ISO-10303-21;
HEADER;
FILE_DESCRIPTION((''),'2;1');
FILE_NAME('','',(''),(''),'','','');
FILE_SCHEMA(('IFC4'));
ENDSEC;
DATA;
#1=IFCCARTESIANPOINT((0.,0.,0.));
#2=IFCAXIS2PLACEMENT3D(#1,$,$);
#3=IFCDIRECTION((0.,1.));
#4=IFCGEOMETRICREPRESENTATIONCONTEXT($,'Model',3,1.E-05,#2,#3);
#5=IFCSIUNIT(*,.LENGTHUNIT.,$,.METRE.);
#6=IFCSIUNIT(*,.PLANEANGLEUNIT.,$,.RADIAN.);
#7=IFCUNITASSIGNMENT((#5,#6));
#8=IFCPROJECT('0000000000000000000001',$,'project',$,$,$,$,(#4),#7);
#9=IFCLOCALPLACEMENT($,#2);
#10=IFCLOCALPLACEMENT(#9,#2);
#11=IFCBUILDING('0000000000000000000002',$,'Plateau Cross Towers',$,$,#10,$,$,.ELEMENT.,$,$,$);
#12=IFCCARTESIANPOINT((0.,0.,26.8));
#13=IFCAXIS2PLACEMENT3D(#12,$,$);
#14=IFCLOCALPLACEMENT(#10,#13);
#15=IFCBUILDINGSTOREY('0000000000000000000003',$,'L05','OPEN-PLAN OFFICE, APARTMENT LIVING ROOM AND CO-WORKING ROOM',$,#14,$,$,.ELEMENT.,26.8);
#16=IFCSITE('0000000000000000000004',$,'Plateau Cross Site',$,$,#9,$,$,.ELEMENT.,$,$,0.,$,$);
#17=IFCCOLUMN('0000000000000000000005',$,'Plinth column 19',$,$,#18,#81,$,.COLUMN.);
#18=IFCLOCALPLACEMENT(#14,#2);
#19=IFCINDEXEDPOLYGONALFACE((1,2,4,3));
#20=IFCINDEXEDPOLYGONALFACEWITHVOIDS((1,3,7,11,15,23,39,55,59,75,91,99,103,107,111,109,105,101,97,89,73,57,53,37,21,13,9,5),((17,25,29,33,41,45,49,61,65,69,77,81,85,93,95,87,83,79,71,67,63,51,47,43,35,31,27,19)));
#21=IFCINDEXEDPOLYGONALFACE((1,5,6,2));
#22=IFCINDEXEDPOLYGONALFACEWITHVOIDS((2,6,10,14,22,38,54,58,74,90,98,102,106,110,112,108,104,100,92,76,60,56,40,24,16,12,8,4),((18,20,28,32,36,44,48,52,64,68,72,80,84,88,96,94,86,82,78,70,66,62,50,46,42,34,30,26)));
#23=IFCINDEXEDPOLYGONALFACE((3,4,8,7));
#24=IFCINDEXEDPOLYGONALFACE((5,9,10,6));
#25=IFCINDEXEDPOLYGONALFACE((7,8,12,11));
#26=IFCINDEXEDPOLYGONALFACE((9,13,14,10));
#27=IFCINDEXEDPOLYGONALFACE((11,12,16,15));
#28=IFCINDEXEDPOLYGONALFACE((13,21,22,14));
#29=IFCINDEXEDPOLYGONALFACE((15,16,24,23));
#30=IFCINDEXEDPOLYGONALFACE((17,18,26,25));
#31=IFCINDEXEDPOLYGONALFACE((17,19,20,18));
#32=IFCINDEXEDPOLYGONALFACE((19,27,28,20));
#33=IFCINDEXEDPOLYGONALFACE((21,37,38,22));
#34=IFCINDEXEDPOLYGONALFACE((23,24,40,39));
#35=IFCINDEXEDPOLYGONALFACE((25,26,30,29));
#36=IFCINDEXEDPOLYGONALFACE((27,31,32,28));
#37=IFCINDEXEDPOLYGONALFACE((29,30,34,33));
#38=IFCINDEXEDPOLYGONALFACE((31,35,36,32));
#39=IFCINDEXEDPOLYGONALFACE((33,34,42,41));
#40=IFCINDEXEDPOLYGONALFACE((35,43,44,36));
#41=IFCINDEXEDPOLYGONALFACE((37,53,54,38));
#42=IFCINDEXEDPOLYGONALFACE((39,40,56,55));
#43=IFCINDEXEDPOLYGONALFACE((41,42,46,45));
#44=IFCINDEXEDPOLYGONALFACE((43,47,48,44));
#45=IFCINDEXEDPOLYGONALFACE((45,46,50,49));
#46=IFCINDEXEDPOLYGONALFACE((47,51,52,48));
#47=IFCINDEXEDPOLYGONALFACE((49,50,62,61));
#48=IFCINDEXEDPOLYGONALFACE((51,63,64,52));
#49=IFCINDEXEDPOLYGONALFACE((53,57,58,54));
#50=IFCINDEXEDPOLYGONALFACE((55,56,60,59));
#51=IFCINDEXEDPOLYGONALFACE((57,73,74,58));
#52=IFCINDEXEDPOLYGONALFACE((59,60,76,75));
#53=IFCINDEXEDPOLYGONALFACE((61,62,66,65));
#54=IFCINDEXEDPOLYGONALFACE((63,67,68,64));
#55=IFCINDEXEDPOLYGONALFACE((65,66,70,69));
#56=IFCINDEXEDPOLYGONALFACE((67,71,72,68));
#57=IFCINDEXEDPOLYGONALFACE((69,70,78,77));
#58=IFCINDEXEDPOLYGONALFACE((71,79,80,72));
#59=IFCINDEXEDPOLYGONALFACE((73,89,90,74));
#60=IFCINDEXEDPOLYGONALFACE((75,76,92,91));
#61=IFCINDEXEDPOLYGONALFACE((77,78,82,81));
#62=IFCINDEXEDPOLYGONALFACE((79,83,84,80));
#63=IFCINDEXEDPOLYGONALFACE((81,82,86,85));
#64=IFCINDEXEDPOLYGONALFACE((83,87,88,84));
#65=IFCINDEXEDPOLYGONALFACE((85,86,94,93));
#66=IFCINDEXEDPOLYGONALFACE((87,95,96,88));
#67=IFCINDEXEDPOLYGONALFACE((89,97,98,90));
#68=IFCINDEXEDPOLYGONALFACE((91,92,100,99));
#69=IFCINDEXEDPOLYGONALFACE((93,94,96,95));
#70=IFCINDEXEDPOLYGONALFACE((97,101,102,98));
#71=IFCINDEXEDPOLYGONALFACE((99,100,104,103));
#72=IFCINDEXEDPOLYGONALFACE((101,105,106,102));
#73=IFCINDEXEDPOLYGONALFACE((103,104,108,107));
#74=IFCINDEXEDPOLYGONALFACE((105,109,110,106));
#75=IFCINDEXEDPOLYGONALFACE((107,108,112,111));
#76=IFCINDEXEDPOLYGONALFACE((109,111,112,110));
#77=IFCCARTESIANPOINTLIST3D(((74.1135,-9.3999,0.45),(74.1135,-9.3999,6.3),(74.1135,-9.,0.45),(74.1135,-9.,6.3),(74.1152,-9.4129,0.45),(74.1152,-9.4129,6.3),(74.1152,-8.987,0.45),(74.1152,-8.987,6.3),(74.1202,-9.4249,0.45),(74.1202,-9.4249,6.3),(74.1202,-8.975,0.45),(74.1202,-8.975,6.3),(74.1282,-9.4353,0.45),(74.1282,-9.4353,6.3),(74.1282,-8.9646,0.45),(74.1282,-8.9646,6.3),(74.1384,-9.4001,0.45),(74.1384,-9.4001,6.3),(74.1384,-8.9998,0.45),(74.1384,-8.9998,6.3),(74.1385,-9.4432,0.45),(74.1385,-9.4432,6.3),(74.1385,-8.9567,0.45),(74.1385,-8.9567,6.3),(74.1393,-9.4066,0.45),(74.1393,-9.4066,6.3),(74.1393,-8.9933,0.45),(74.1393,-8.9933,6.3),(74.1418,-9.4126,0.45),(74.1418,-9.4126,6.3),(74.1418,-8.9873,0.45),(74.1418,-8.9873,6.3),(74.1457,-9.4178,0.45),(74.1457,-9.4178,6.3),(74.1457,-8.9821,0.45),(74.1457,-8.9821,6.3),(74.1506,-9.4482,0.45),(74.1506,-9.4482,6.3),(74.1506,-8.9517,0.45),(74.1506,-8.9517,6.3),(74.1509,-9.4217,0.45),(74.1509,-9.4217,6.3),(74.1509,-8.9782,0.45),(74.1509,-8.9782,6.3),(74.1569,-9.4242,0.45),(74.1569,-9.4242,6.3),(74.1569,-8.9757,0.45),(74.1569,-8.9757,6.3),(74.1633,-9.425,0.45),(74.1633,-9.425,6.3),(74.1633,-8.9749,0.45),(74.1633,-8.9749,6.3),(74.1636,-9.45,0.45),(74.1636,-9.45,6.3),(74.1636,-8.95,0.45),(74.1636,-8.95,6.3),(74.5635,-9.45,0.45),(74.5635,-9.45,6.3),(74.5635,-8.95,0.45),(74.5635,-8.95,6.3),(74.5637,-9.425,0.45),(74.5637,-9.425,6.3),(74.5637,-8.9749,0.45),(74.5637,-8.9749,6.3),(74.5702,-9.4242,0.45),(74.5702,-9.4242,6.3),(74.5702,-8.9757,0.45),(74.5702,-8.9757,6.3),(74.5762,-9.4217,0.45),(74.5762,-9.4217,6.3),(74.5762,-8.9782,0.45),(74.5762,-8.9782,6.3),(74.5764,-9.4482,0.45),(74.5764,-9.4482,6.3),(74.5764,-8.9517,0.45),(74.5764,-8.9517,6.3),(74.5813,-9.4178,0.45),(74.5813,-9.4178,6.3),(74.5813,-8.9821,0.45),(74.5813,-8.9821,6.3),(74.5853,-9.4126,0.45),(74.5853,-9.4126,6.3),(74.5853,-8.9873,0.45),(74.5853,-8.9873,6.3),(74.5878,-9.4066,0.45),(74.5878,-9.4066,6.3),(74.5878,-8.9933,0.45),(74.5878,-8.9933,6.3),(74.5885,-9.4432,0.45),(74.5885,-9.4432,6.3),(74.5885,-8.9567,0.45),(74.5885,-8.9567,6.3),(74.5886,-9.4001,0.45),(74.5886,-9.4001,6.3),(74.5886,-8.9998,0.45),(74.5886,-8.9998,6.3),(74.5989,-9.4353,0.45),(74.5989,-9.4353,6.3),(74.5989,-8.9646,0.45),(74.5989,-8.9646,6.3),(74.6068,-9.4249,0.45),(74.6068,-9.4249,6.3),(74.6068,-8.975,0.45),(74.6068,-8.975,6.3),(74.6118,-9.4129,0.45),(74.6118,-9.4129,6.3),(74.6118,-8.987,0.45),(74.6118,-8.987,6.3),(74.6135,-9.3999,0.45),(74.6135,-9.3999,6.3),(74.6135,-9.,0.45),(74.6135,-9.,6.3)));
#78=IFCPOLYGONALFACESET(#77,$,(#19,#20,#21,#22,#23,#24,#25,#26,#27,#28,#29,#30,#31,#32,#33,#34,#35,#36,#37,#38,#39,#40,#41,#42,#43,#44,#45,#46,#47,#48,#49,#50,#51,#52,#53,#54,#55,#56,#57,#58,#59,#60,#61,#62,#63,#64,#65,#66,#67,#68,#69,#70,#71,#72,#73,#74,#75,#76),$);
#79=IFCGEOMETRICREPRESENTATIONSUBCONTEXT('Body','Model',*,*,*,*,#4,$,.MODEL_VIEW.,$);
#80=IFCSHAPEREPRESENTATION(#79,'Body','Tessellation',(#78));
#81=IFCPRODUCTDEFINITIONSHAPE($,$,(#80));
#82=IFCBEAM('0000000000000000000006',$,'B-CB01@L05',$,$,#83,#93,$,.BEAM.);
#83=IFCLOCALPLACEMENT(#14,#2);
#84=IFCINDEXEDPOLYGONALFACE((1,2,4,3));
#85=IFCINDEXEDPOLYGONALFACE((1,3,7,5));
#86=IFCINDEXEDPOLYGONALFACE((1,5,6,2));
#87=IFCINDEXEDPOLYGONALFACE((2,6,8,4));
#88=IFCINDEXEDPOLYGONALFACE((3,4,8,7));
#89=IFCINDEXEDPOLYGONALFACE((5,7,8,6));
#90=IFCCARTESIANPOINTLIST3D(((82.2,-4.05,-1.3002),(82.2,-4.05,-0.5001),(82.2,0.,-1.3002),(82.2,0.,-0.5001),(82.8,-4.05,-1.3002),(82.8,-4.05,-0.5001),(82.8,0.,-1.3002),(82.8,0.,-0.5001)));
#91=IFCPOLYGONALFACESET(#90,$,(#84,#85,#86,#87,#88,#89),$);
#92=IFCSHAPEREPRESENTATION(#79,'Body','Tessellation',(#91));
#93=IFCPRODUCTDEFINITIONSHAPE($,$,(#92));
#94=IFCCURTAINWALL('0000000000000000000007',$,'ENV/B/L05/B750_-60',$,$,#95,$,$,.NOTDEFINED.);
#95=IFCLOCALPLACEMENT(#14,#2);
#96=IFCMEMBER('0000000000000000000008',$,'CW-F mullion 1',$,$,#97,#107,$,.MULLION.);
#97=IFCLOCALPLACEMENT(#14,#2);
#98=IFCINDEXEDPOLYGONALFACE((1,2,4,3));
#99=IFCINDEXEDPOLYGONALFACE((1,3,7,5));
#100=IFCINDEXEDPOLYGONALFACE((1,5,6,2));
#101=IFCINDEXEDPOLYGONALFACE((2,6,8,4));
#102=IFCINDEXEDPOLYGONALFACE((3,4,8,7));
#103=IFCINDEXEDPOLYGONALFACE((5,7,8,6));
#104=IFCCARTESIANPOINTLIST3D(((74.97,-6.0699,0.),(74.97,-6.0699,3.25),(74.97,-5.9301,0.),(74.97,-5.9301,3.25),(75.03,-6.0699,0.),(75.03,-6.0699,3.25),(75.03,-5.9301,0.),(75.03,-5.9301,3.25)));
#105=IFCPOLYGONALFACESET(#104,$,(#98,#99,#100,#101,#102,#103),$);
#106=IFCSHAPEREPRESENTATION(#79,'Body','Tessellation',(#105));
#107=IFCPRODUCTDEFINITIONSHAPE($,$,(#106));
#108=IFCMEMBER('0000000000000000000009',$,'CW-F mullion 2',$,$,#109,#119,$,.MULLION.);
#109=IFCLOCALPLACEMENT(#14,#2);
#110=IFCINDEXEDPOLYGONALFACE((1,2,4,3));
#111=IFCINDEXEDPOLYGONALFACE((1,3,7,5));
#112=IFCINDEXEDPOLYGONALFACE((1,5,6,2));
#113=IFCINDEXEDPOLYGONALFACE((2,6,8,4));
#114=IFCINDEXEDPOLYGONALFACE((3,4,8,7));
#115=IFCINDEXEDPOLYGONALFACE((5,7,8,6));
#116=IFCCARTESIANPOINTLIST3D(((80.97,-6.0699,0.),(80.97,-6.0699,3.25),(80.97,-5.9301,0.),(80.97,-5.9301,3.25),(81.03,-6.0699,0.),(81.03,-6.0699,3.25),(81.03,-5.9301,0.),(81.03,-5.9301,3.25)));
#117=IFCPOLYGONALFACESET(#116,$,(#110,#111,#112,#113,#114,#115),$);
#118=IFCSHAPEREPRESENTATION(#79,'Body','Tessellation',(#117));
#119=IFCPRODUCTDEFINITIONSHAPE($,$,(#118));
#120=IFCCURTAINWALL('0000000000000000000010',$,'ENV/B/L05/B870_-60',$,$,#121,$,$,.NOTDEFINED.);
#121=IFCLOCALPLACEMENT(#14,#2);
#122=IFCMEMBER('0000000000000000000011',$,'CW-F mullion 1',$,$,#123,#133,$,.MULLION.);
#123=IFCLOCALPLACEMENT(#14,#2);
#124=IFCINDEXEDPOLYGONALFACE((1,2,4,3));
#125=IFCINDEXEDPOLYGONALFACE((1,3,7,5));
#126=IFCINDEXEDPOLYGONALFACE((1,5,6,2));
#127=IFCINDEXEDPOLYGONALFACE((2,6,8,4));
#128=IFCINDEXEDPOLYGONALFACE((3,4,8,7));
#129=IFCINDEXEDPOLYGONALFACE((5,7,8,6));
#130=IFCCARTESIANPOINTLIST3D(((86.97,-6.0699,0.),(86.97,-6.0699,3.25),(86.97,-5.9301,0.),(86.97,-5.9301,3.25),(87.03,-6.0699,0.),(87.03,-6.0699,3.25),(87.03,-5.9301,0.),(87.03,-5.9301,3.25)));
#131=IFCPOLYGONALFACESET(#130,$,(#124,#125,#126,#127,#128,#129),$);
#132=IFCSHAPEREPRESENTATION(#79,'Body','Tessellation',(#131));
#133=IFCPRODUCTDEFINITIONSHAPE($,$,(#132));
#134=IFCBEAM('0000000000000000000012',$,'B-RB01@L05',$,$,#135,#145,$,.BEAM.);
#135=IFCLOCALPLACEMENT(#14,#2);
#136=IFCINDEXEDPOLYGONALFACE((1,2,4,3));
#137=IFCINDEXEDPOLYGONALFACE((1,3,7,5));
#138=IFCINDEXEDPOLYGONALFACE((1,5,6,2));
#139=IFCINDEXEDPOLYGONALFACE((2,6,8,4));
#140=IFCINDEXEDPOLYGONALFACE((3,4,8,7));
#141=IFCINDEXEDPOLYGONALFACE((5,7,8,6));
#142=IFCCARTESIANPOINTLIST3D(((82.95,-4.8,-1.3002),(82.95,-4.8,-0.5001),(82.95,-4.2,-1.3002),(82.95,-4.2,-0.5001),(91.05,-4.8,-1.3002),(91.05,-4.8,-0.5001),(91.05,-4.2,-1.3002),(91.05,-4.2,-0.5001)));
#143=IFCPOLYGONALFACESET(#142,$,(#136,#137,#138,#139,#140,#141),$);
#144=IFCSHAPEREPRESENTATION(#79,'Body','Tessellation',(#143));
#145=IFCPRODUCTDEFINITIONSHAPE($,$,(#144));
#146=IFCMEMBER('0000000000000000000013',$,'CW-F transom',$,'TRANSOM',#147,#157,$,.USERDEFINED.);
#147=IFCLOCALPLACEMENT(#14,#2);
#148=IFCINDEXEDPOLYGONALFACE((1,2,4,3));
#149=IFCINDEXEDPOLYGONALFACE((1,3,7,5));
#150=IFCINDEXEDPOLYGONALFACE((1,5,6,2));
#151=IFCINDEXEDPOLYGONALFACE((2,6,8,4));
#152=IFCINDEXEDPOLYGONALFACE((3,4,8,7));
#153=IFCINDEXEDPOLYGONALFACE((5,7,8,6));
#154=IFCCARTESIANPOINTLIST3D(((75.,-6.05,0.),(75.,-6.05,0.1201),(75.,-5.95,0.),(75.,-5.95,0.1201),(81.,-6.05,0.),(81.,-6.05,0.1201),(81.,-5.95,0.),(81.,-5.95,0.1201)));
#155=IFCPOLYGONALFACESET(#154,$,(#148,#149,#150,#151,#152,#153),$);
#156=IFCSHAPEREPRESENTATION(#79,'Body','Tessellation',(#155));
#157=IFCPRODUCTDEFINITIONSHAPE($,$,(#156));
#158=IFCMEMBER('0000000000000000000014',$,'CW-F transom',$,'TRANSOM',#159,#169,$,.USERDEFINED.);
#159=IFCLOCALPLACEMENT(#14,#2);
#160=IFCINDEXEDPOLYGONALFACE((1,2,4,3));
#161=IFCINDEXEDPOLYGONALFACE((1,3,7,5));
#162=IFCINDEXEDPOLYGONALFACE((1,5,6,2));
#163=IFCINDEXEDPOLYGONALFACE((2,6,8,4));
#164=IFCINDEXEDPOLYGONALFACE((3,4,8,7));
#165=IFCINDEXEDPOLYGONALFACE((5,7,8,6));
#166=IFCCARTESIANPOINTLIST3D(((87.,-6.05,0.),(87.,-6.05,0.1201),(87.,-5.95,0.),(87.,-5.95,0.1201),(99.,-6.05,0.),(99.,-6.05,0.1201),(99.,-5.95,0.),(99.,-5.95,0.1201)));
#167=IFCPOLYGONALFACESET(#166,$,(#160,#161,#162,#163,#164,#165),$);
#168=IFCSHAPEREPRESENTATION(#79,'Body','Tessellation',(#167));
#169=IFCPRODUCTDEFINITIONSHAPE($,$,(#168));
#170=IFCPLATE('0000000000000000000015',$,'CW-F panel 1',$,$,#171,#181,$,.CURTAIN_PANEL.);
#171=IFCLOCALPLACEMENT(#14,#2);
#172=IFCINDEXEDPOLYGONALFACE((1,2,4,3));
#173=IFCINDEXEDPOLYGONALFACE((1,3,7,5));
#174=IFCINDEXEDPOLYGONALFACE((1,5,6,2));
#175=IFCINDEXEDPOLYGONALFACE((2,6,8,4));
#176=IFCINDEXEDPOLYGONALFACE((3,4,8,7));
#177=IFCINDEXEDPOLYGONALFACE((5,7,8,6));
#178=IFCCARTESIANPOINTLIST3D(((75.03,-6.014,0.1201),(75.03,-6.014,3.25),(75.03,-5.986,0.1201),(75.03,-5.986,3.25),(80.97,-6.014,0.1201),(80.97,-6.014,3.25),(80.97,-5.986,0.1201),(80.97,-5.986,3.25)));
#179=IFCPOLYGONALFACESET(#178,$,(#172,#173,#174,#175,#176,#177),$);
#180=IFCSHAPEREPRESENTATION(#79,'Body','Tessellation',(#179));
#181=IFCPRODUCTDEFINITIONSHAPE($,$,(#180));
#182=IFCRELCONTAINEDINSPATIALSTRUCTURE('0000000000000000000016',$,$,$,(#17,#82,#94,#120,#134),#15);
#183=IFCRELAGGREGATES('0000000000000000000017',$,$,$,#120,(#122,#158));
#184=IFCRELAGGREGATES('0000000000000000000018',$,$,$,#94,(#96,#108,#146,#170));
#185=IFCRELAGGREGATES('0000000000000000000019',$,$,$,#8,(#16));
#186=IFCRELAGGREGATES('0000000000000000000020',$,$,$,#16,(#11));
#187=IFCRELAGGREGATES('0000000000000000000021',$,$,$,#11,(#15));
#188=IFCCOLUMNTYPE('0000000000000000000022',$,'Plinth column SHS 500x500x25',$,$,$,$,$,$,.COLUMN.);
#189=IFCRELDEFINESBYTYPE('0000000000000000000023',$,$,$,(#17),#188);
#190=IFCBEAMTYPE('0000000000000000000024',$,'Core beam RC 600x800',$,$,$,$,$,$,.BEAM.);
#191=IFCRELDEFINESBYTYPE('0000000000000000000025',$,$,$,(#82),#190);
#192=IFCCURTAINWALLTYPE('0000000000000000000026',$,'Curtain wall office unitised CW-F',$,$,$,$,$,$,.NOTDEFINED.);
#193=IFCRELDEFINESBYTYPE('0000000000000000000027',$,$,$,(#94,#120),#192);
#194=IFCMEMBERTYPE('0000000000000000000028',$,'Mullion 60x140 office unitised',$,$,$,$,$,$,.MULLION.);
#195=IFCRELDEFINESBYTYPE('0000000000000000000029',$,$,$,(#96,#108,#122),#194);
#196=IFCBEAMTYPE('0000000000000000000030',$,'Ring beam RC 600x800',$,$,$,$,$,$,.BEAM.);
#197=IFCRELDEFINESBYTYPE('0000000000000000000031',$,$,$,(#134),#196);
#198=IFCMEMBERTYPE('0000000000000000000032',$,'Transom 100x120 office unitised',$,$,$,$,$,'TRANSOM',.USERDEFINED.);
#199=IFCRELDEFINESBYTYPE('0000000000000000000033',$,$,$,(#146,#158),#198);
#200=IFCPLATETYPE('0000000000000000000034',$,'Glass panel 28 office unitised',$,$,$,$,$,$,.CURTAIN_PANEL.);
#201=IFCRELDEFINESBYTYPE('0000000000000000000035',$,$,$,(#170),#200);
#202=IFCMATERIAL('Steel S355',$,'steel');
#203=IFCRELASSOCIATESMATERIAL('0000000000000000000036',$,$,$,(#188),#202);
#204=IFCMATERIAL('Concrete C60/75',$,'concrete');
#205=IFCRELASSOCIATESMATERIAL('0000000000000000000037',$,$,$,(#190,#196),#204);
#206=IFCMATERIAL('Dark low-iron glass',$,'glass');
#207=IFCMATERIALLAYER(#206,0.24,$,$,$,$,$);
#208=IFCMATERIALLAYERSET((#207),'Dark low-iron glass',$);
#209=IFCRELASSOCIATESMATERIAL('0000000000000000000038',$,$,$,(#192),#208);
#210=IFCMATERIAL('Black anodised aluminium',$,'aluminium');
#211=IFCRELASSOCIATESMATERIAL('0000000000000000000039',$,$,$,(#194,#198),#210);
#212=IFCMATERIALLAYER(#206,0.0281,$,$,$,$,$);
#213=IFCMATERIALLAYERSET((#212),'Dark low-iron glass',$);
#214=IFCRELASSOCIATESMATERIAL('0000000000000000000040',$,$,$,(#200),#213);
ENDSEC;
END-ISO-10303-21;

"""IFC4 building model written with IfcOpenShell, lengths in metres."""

from ifc_helpers import new_model, si_unit, direction, frame, origin, origin_2d, place, context, subcontext, project, spatial, rectangle, hollow_rectangle, extrude, material, layer, layer_set, material_profile, profile_set, type_object, element, aggregate, save


model = new_model("IFC4")

# Units and contexts
model_context = context("Model", 3, precision=1e-05, world=origin(), true_north=direction((0.0, 1.0)))
body_context = subcontext(model_context, "Body", "Model", "MODEL_VIEW")
ifc_project = project(units=[si_unit("LENGTHUNIT", "METRE"), si_unit("PLANEANGLEUNIT", "RADIAN")], contexts=[model_context])

# Site, building, storey
site_placement = place(None, origin())
site = spatial("IfcSite", under=ifc_project, at=site_placement, Name="Plateau Cross Site", CompositionType="ELEMENT", RefElevation=0.0)
building_placement = place(site_placement, origin())
building = spatial("IfcBuilding", under=site, at=building_placement, Name="Plateau Cross Towers", CompositionType="ELEMENT")
storey_placement = place(building_placement, frame((0.0, 0.0, 26.8)))
storey = spatial("IfcBuildingStorey", under=building, at=storey_placement, Name="L05", Description="OPEN-PLAN OFFICE, APARTMENT LIVING ROOM AND CO-WORKING ROOM", CompositionType="ELEMENT", Elevation=26.8)

# Column
ifc_material_1 = material(Name="Concrete C60/75", Category="concrete")
ifc_material_2 = material(Name="Steel S355", Category="steel")
ifc_material_profile_1 = material_profile(ifc_material_2, hollow_rectangle(XDim=0.5, YDim=0.5, WallThickness=0.0249, InnerFilletRadius=0.0249, OuterFilletRadius=0.05, at=origin_2d()), Name="SHS 500x500x25")
ifc_profile_set_1 = profile_set([ifc_material_profile_1], Name="Steel S355")
column_type_1 = type_object("IfcColumnType", Name="Plinth column SHS 500x500x25", PredefinedType="COLUMN", material=ifc_profile_set_1)
for number, where, z_axis, x_axis, name in (
    (1, (74.3635, -9.2, 0.45), (0.0, 0.0, 1.0), (1.0, 0.0, 0.0), "Plinth column 19"),
):
    element("IfcColumn", number, at=place(storey_placement, frame(where, z_axis=z_axis, x_axis=x_axis)), inside=storey, type_object=column_type_1, Name=name, PredefinedType="COLUMN", context=body_context, shape_type="SweptSolid", body=[
        extrude(hollow_rectangle(XDim=0.5, YDim=0.5, WallThickness=0.0249, InnerFilletRadius=0.0249, OuterFilletRadius=0.05, at=origin_2d()), origin(), (0.0, 0.0, 1.0), 5.8501),
    ])

# Beam
ifc_material_profile_2 = material_profile(ifc_material_1, rectangle(XDim=0.6001, YDim=0.8, at=origin_2d()), Name="RC 600x800")
ifc_profile_set_2 = profile_set([ifc_material_profile_2], Name="Concrete C60/75")
beam_type_1 = type_object("IfcBeamType", Name="Core beam RC 600x800", PredefinedType="BEAM", material=ifc_profile_set_2)
beam_1_placement = place(storey_placement, frame((82.5, 0.0, -0.9001), z_axis=(0.0, -1.0, 0.0), x_axis=(1.0, 0.0, 0.0)))
element("IfcBeam", 2, at=beam_1_placement, inside=storey, type_object=beam_type_1, Name="B-CB01@L05", PredefinedType="BEAM", context=body_context, shape_type="SweptSolid", body=[
    extrude(rectangle(XDim=0.6001, YDim=0.8, at=origin_2d()), origin(), (0.0, 0.0, 1.0), 4.05),
])

# Curtain wall, members
ifc_material_3 = material(Name="Dark low-iron glass", Category="glass")
ifc_layer_1 = layer(ifc_material_3, 0.24)
ifc_layer_set_1 = layer_set([ifc_layer_1], Name="Dark low-iron glass")
curtain_wall_type = type_object("IfcCurtainWallType", Name="Curtain wall office unitised CW-F", PredefinedType="NOTDEFINED", material=ifc_layer_set_1)
curtain_wall_1_placement = place(storey_placement, origin())
curtain_wall_1 = element("IfcCurtainWall", 3, at=curtain_wall_1_placement, inside=storey, type_object=curtain_wall_type, Name="ENV/B/L05/B750_-60", PredefinedType="NOTDEFINED")
ifc_material_4 = material(Name="Black anodised aluminium", Category="aluminium")
ifc_material_profile_3 = material_profile(ifc_material_4, rectangle(XDim=0.0601, YDim=0.1399, at=origin_2d()), Name="MULLION 60x140")
ifc_profile_set_3 = profile_set([ifc_material_profile_3], Name="Black anodised aluminium")
member_type_1 = type_object("IfcMemberType", Name="Mullion 60x140 office unitised", PredefinedType="MULLION", material=ifc_profile_set_3)
member_1_placement = place(storey_placement, frame((75.0, -6.0, 0.0), z_axis=(0.0, 0.0, 1.0), x_axis=(1.0, 0.0, 0.0)))
member_1 = element("IfcMember", 4, at=member_1_placement, type_object=member_type_1, Name="CW-F mullion 1", PredefinedType="MULLION", context=body_context, shape_type="SweptSolid", body=[
    extrude(rectangle(XDim=0.0601, YDim=0.1399, at=origin_2d()), origin(), (0.0, 0.0, 1.0), 3.25),
])
member_2_placement = place(storey_placement, frame((81.0, -6.0, 0.0), z_axis=(0.0, 0.0, 1.0), x_axis=(1.0, 0.0, 0.0)))
member_2 = element("IfcMember", 5, at=member_2_placement, type_object=member_type_1, Name="CW-F mullion 2", PredefinedType="MULLION", context=body_context, shape_type="SweptSolid", body=[
    extrude(rectangle(XDim=0.0601, YDim=0.1399, at=origin_2d()), origin(), (0.0, 0.0, 1.0), 3.25),
])

# Curtain wall, member
curtain_wall_2_placement = place(storey_placement, origin())
curtain_wall_2 = element("IfcCurtainWall", 6, at=curtain_wall_2_placement, inside=storey, type_object=curtain_wall_type, Name="ENV/B/L05/B870_-60", PredefinedType="NOTDEFINED")
member_3_placement = place(storey_placement, frame((87.0, -6.0, 0.0), z_axis=(0.0, 0.0, 1.0), x_axis=(1.0, 0.0, 0.0)))
member_3 = element("IfcMember", 7, at=member_3_placement, type_object=member_type_1, Name="CW-F mullion 1", PredefinedType="MULLION", context=body_context, shape_type="SweptSolid", body=[
    extrude(rectangle(XDim=0.0601, YDim=0.1399, at=origin_2d()), origin(), (0.0, 0.0, 1.0), 3.25),
])

# Beam
ifc_material_profile_4 = material_profile(ifc_material_1, rectangle(XDim=0.6001, YDim=0.8, at=origin_2d()), Name="RC 600x800")
ifc_profile_set_4 = profile_set([ifc_material_profile_4], Name="Concrete C60/75")
beam_type_2 = type_object("IfcBeamType", Name="Ring beam RC 600x800", PredefinedType="BEAM", material=ifc_profile_set_4)
beam_2_placement = place(storey_placement, frame((82.95, -4.5, -0.9001), z_axis=(1.0, 0.0, 0.0), x_axis=(0.0, 1.0, 0.0)))
element("IfcBeam", 8, at=beam_2_placement, inside=storey, type_object=beam_type_2, Name="B-RB01@L05", PredefinedType="BEAM", context=body_context, shape_type="SweptSolid", body=[
    extrude(rectangle(XDim=0.6001, YDim=0.8, at=origin_2d()), origin(), (0.0, 0.0, 1.0), 8.1001),
])

# Members
ifc_material_profile_5 = material_profile(ifc_material_4, rectangle(XDim=0.1001, YDim=0.1201, at=origin_2d()), Name="TRANSOM 100x120")
ifc_profile_set_5 = profile_set([ifc_material_profile_5], Name="Black anodised aluminium")
member_type_2 = type_object("IfcMemberType", Name="Transom 100x120 office unitised", ElementType="TRANSOM", PredefinedType="USERDEFINED", material=ifc_profile_set_5)
member_4_placement = place(storey_placement, frame((75.0, -6.0, 0.0601), z_axis=(1.0, 0.0, 0.0), x_axis=(0.0, 1.0, 0.0)))
member_4 = element("IfcMember", 9, at=member_4_placement, type_object=member_type_2, Name="CW-F transom", ObjectType="TRANSOM", PredefinedType="USERDEFINED", context=body_context, shape_type="SweptSolid", body=[
    extrude(rectangle(XDim=0.1001, YDim=0.1201, at=origin_2d()), origin(), (0.0, 0.0, 1.0), 6.0),
])
member_5_placement = place(storey_placement, frame((87.0, -6.0, 0.0601), z_axis=(1.0, 0.0, 0.0), x_axis=(0.0, 1.0, 0.0)))
member_5 = element("IfcMember", 10, at=member_5_placement, type_object=member_type_2, Name="CW-F transom", ObjectType="TRANSOM", PredefinedType="USERDEFINED", context=body_context, shape_type="SweptSolid", body=[
    extrude(rectangle(XDim=0.1001, YDim=0.1201, at=origin_2d()), origin(), (0.0, 0.0, 1.0), 12.0),
])
aggregate(curtain_wall_2, [member_3, member_5])

# Plate
ifc_layer_2 = layer(ifc_material_3, 0.0281)
ifc_layer_set_2 = layer_set([ifc_layer_2], Name="Dark low-iron glass")
plate_type = type_object("IfcPlateType", Name="Glass panel 28 office unitised", PredefinedType="CURTAIN_PANEL", material=ifc_layer_set_2)
plate_placement = place(storey_placement, frame((78.0, -6.0, 0.1201), z_axis=(0.0, 0.0, 1.0), x_axis=(1.0, 0.0, 0.0)))
plate = element("IfcPlate", 11, at=plate_placement, type_object=plate_type, Name="CW-F panel 1", PredefinedType="CURTAIN_PANEL", context=body_context, shape_type="SweptSolid", body=[
    extrude(rectangle(XDim=5.9399, YDim=0.0281, at=origin_2d()), origin(), (0.0, 0.0, 1.0), 3.1299),
])
aggregate(curtain_wall_1, [member_1, member_2, member_4, plate])

save(model, "model.ifc")
